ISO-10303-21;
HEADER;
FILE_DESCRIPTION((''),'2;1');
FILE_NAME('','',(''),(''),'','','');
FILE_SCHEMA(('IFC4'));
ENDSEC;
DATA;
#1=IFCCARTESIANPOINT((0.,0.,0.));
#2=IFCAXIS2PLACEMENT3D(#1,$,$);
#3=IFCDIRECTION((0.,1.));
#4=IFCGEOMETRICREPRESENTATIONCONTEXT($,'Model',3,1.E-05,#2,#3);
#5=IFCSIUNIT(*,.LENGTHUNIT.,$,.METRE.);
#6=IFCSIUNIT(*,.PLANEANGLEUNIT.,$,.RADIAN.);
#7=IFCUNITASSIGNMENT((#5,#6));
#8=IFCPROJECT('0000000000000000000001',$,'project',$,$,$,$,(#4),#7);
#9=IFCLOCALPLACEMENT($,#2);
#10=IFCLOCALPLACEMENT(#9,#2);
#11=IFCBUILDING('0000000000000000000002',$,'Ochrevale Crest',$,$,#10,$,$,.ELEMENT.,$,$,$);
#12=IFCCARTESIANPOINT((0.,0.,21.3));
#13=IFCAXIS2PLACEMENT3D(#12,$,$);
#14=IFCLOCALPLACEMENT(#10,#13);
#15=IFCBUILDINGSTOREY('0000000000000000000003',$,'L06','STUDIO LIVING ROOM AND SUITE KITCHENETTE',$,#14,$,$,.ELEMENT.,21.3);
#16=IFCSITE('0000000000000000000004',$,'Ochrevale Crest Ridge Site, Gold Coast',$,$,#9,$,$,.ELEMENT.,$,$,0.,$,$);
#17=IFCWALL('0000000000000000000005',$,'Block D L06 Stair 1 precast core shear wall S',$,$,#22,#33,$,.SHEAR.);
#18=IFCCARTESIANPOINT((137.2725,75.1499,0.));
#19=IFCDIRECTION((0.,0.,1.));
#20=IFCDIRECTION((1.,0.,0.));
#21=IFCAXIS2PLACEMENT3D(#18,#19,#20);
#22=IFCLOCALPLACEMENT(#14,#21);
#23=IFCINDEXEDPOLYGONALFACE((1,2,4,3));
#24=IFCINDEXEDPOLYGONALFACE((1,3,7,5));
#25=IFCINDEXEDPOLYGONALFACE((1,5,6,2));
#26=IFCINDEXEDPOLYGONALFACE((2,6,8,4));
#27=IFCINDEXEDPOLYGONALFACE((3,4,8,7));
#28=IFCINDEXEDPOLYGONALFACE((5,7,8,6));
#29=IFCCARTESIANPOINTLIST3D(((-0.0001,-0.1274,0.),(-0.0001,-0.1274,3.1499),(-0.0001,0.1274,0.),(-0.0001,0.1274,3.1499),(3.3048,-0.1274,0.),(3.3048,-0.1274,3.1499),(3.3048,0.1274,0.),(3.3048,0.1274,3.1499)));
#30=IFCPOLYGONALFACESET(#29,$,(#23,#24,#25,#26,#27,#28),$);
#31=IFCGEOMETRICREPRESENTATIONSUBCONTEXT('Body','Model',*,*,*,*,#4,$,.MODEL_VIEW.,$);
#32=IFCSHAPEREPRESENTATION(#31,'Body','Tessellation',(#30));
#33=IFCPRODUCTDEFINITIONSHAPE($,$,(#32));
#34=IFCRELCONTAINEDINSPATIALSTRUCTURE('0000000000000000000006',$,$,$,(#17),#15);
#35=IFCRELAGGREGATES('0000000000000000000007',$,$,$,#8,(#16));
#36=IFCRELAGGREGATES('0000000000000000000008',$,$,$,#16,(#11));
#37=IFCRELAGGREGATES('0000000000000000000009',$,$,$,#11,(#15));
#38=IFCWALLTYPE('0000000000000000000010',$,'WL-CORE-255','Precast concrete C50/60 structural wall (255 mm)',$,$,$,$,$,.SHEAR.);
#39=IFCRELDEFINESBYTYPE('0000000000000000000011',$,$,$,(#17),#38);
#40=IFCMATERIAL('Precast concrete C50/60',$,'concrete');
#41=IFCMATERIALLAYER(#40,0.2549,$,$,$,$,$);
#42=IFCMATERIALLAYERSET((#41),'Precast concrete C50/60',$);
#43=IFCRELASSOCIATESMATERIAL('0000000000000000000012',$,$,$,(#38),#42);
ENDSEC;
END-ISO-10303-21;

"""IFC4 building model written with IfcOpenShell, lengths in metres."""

from ifc_helpers import new_model, si_unit, direction, frame, frame_2d, origin, place, context, subcontext, project, spatial, rectangle, extrude, material, layer, layer_set, type_object, element, save


model = new_model("IFC4")

# Units and contexts
model_context = context("Model", 3, precision=1e-05, world=origin(), true_north=direction((0.0, 1.0)))
body_context = subcontext(model_context, "Body", "Model", "MODEL_VIEW")
ifc_project = project(units=[si_unit("LENGTHUNIT", "METRE"), si_unit("PLANEANGLEUNIT", "RADIAN")], contexts=[model_context])

# Site, building, storey
site_placement = place(None, origin())
site = spatial("IfcSite", under=ifc_project, at=site_placement, Name="Ochrevale Crest Ridge Site, Gold Coast", CompositionType="ELEMENT", RefElevation=0.0)
building_placement = place(site_placement, origin())
building = spatial("IfcBuilding", under=site, at=building_placement, Name="Ochrevale Crest", CompositionType="ELEMENT")
storey_placement = place(building_placement, frame((0.0, 0.0, 21.3)))
storey = spatial("IfcBuildingStorey", under=building, at=storey_placement, Name="L06", Description="STUDIO LIVING ROOM AND SUITE KITCHENETTE", CompositionType="ELEMENT", Elevation=21.3)

# Shared definitions
ifc_material_1 = material(Name="Precast concrete C50/60", Category="concrete")

# Wall
ifc_layer_1 = layer(ifc_material_1, 0.2549)
ifc_layer_set_1 = layer_set([ifc_layer_1], Name="Precast concrete C50/60")
wall_type_1 = type_object("IfcWallType", Name="WL-CORE-255", Description="Precast concrete C50/60 structural wall (255 mm)", PredefinedType="SHEAR", material=ifc_layer_set_1)
wall_1_placement = place(storey_placement, frame((137.2725, 75.1499, 0.0), z_axis=(0.0, 0.0, 1.0), x_axis=(1.0, 0.0, 0.0)))
element("IfcWall", 1, at=wall_1_placement, inside=storey, type_object=wall_type_1, Name="Block D L06 Stair 1 precast core shear wall S", PredefinedType="SHEAR", context=body_context, shape_type="SweptSolid", body=[
    extrude(rectangle(XDim=3.3049, YDim=0.2549, at=frame_2d((1.6523, 0.0))), origin(), (0.0, 0.0, 1.0), 3.1499),
])

save(model, "model.ifc")
